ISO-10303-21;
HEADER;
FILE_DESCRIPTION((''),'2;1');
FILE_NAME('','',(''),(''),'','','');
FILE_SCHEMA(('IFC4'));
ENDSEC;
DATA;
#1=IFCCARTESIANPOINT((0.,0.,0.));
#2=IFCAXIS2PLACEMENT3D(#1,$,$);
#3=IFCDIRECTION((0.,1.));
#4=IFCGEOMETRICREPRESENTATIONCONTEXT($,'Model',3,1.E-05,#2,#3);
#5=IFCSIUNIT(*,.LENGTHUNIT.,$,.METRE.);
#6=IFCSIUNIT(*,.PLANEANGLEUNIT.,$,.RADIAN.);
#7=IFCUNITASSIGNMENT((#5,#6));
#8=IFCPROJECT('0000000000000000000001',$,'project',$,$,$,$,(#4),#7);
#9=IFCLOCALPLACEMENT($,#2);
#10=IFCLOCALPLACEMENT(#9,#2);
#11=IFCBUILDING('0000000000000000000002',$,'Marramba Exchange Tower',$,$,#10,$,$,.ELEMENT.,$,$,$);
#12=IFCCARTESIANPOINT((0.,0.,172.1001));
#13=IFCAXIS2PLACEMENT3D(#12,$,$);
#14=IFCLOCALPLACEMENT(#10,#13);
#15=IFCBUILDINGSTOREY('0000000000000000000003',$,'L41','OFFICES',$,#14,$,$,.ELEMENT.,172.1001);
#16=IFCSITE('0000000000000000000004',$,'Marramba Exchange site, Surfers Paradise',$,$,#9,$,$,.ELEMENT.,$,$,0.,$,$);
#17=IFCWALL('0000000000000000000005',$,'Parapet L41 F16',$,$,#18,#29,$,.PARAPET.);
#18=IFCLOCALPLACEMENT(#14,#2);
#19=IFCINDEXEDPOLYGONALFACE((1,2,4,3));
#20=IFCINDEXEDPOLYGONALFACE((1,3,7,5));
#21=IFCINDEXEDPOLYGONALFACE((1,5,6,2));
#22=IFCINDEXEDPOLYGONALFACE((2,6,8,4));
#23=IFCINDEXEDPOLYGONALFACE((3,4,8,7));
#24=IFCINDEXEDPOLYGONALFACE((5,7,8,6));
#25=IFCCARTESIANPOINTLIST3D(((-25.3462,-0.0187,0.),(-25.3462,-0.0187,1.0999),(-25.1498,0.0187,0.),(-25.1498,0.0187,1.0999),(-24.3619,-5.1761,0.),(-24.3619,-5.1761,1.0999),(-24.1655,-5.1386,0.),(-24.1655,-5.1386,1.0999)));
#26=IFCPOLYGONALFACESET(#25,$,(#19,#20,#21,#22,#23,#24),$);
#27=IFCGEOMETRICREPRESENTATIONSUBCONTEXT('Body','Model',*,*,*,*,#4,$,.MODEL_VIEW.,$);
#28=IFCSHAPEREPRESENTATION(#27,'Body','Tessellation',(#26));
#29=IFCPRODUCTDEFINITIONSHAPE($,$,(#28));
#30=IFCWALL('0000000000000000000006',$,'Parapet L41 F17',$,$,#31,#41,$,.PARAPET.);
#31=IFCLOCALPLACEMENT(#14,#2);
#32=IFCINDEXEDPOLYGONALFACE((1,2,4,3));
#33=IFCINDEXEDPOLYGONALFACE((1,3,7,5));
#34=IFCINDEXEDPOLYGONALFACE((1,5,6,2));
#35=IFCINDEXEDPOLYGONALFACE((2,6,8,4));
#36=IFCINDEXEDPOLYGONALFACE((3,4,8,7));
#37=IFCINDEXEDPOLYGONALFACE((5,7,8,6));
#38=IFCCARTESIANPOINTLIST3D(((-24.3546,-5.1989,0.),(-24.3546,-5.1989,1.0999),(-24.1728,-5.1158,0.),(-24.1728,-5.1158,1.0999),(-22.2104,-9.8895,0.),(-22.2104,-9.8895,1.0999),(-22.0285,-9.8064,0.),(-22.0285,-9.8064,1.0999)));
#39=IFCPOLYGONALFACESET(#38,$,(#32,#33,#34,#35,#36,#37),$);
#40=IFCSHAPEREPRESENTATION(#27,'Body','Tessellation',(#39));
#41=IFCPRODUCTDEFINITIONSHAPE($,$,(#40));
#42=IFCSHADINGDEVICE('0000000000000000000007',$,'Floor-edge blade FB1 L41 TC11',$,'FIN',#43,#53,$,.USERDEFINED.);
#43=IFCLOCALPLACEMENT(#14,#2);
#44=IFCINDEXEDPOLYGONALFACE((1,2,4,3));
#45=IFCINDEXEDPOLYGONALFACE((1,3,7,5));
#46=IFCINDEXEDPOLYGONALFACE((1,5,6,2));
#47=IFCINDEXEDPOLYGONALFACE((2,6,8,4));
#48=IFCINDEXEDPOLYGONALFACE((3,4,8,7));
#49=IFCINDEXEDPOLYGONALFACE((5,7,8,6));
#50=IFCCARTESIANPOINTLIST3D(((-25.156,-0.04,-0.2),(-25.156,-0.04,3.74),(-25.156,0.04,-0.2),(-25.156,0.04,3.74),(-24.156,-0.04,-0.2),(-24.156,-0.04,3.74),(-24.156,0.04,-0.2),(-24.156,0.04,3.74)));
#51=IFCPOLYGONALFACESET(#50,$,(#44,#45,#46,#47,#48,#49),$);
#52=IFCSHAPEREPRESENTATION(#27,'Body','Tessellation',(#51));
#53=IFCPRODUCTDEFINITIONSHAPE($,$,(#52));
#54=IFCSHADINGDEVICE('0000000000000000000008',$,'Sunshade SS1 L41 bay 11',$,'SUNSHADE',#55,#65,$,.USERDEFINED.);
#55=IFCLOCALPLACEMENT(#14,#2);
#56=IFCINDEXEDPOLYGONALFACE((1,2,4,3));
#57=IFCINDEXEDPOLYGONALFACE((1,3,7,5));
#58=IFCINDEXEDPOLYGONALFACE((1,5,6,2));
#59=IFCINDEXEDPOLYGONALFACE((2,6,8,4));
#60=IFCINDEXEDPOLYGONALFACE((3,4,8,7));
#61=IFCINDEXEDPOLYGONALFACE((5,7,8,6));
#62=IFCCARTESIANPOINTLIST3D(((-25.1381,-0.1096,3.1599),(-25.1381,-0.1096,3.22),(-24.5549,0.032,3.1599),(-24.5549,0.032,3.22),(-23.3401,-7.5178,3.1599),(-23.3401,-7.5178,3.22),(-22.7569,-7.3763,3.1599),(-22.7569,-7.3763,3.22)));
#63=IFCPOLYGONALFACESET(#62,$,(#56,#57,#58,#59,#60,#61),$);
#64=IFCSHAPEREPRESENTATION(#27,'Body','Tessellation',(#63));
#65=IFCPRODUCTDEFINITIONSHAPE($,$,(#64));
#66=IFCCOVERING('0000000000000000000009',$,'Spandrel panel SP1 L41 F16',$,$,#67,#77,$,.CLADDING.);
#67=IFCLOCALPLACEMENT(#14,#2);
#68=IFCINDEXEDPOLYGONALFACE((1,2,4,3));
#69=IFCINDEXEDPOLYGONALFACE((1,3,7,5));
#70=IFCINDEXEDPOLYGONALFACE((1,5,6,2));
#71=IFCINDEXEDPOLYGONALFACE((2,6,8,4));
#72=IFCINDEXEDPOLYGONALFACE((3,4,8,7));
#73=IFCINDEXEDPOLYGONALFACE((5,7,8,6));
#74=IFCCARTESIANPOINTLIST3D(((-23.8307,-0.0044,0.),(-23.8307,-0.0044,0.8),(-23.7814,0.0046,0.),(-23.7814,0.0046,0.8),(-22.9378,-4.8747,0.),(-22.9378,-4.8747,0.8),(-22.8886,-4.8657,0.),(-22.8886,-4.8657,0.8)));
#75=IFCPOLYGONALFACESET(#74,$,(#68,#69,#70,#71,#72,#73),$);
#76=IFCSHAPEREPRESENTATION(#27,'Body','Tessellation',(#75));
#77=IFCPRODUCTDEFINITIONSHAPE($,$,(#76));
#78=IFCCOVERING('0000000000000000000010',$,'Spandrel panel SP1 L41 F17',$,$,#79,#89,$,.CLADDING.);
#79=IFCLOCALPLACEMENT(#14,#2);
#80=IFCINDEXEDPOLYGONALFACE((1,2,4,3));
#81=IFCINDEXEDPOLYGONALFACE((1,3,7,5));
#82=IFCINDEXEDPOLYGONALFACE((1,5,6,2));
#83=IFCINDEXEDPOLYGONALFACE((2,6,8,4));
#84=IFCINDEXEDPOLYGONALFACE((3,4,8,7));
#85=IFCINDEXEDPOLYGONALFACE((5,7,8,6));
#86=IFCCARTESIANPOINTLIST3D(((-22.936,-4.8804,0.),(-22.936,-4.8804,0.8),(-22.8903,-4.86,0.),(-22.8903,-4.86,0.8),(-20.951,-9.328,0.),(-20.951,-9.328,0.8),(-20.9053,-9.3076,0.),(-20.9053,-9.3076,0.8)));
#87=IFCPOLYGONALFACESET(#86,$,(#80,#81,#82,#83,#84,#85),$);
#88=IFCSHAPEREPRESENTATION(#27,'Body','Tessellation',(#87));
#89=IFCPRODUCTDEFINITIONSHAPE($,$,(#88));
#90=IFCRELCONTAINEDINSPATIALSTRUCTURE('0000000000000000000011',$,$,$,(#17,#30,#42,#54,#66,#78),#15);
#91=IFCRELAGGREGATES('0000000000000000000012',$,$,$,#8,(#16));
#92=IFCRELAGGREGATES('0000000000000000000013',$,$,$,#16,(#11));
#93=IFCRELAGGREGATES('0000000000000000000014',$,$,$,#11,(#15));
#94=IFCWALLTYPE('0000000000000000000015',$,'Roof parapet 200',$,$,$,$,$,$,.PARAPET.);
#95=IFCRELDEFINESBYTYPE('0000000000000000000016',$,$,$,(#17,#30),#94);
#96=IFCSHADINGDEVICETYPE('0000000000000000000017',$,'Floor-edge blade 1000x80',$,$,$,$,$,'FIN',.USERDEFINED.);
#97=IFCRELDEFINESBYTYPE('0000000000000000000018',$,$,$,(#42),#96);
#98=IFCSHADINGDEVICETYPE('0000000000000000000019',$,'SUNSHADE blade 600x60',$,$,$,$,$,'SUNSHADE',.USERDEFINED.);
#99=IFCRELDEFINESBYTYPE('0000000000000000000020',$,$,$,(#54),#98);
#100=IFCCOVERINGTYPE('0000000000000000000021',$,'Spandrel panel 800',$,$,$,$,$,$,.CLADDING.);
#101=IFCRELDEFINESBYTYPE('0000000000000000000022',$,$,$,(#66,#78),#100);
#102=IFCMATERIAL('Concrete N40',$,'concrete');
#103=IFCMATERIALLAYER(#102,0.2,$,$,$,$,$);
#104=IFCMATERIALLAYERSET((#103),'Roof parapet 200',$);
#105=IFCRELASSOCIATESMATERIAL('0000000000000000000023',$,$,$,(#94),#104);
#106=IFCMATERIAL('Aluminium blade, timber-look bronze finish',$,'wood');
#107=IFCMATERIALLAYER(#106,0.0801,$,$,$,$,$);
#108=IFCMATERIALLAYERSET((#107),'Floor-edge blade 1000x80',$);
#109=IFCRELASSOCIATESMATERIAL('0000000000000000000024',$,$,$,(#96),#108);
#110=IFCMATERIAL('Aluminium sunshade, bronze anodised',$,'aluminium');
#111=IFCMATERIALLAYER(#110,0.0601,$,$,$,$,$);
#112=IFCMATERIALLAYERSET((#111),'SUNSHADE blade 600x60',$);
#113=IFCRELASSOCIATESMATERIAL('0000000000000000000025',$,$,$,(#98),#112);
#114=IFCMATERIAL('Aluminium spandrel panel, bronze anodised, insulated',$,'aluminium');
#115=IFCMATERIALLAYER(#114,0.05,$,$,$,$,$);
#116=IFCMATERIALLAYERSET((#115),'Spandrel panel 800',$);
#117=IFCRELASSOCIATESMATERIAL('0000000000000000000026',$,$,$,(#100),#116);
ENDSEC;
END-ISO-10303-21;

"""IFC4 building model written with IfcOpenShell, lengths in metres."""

from ifc_helpers import new_model, si_unit, direction, frame, frame_2d, origin, origin_2d, place, context, subcontext, project, spatial, rectangle, extrude, material, layer, layer_set, type_object, element, save


model = new_model("IFC4")

# Units and contexts
model_context = context("Model", 3, precision=1e-05, world=origin(), true_north=direction((0.0, 1.0)))
body_context = subcontext(model_context, "Body", "Model", "MODEL_VIEW")
ifc_project = project(units=[si_unit("LENGTHUNIT", "METRE"), si_unit("PLANEANGLEUNIT", "RADIAN")], contexts=[model_context])

# Site, building, storey
site_placement = place(None, origin())
site = spatial("IfcSite", under=ifc_project, at=site_placement, Name="Marramba Exchange site, Surfers Paradise", CompositionType="ELEMENT", RefElevation=0.0)
building_placement = place(site_placement, origin())
building = spatial("IfcBuilding", under=site, at=building_placement, Name="Marramba Exchange Tower", CompositionType="ELEMENT")
storey_placement = place(building_placement, frame((0.0, 0.0, 172.1001)))
storey = spatial("IfcBuildingStorey", under=building, at=storey_placement, Name="L41", Description="OFFICES", CompositionType="ELEMENT", Elevation=172.1001)

# Walls
ifc_material_1 = material(Name="Concrete N40", Category="concrete")
ifc_layer_1 = layer(ifc_material_1, 0.2)
ifc_layer_set_1 = layer_set([ifc_layer_1], Name="Roof parapet 200")
wall_type_1 = type_object("IfcWallType", Name="Roof parapet 200", PredefinedType="PARAPET", material=ifc_layer_set_1)
wall_1_placement = place(storey_placement, frame((-25.248, 0.0, 0.0), z_axis=(0.0, 0.0, 1.0), x_axis=(0.18748, -0.982268, 0.0)))
element("IfcWall", 1, at=wall_1_placement, inside=storey, type_object=wall_type_1, Name="Parapet L41 F16", PredefinedType="PARAPET", context=body_context, shape_type="SweptSolid", body=[
    extrude(rectangle(XDim=5.2505, YDim=0.2, at=frame_2d((2.6252, 0.0))), origin(), (0.0, 0.0, 1.0), 1.0999),
])
wall_2_placement = place(storey_placement, frame((-24.2637, -5.1575, 0.0), z_axis=(0.0, 0.0, 1.0), x_axis=(0.415756, -0.909476, 0.0)))
element("IfcWall", 2, at=wall_2_placement, inside=storey, type_object=wall_type_1, Name="Parapet L41 F17", PredefinedType="PARAPET", context=body_context, shape_type="SweptSolid", body=[
    extrude(rectangle(XDim=5.1575, YDim=0.2, at=frame_2d((2.5786, 0.0))), origin(), (0.0, 0.0, 1.0), 1.0999),
])

# Shading devices
ifc_material_2 = material(Name="Aluminium blade, timber-look bronze finish", Category="wood")
ifc_layer_2 = layer(ifc_material_2, 0.0801)
ifc_layer_set_2 = layer_set([ifc_layer_2], Name="Floor-edge blade 1000x80")
shading_device_type_1 = type_object("IfcShadingDeviceType", Name="Floor-edge blade 1000x80", ElementType="FIN", PredefinedType="USERDEFINED", material=ifc_layer_set_2)
shading_device_1_placement = place(storey_placement, frame((-24.656, 0.0, -0.2), z_axis=(0.0, 0.0, 1.0), x_axis=(-1.0, 0.0, 0.0)))
element("IfcShadingDevice", 3, at=shading_device_1_placement, inside=storey, type_object=shading_device_type_1, Name="Floor-edge blade FB1 L41 TC11", ObjectType="FIN", PredefinedType="USERDEFINED", context=body_context, shape_type="SweptSolid", body=[
    extrude(rectangle(XDim=1.0, YDim=0.0801, at=origin_2d()), origin(), (0.0, 0.0, 1.0), 3.9399),
])
ifc_material_3 = material(Name="Aluminium sunshade, bronze anodised", Category="aluminium")
ifc_layer_3 = layer(ifc_material_3, 0.0601)
ifc_layer_set_3 = layer_set([ifc_layer_3], Name="SUNSHADE blade 600x60")
shading_device_type_2 = type_object("IfcShadingDeviceType", Name="SUNSHADE blade 600x60", ElementType="SUNSHADE", PredefinedType="USERDEFINED", material=ifc_layer_set_3)
shading_device_2_placement = place(storey_placement, frame((-23.9475, -3.7429, 3.1599), z_axis=(0.0, 0.0, 1.0), x_axis=(0.235861, -0.971787, 0.0)))
element("IfcShadingDevice", 4, at=shading_device_2_placement, inside=storey, type_object=shading_device_type_2, Name="Sunshade SS1 L41 bay 11", ObjectType="SUNSHADE", PredefinedType="USERDEFINED", context=body_context, shape_type="SweptSolid", body=[
    extrude(rectangle(XDim=7.6233, YDim=0.6001, at=origin_2d()), origin(), (0.0, 0.0, 1.0), 0.0601),
])

# Coverings
ifc_material_4 = material(Name="Aluminium spandrel panel, bronze anodised, insulated", Category="aluminium")
ifc_layer_4 = layer(ifc_material_4, 0.05)
ifc_layer_set_4 = layer_set([ifc_layer_4], Name="Spandrel panel 800")
covering_type = type_object("IfcCoveringType", Name="Spandrel panel 800", PredefinedType="CLADDING", material=ifc_layer_set_4)
covering_1_placement = place(storey_placement, frame((-23.3596, -2.4351, 0.0), z_axis=(0.0, 0.0, 1.0), x_axis=(0.180327, -0.983607, 0.0)))
element("IfcCovering", 5, at=covering_1_placement, inside=storey, type_object=covering_type, Name="Spandrel panel SP1 L41 F16", PredefinedType="CLADDING", context=body_context, shape_type="SweptSolid", body=[
    extrude(rectangle(XDim=4.9514, YDim=0.05, at=origin_2d()), origin(), (0.0, 0.0, 1.0), 0.8),
])
covering_2_placement = place(storey_placement, frame((-21.9207, -7.094, 0.0), z_axis=(0.0, 0.0, 1.0), x_axis=(0.407558, -0.91318, 0.0)))
element("IfcCovering", 6, at=covering_2_placement, inside=storey, type_object=covering_type, Name="Spandrel panel SP1 L41 F17", PredefinedType="CLADDING", context=body_context, shape_type="SweptSolid", body=[
    extrude(rectangle(XDim=4.8704, YDim=0.05, at=origin_2d()), origin(), (0.0, 0.0, 1.0), 0.8),
])

save(model, "model.ifc")
